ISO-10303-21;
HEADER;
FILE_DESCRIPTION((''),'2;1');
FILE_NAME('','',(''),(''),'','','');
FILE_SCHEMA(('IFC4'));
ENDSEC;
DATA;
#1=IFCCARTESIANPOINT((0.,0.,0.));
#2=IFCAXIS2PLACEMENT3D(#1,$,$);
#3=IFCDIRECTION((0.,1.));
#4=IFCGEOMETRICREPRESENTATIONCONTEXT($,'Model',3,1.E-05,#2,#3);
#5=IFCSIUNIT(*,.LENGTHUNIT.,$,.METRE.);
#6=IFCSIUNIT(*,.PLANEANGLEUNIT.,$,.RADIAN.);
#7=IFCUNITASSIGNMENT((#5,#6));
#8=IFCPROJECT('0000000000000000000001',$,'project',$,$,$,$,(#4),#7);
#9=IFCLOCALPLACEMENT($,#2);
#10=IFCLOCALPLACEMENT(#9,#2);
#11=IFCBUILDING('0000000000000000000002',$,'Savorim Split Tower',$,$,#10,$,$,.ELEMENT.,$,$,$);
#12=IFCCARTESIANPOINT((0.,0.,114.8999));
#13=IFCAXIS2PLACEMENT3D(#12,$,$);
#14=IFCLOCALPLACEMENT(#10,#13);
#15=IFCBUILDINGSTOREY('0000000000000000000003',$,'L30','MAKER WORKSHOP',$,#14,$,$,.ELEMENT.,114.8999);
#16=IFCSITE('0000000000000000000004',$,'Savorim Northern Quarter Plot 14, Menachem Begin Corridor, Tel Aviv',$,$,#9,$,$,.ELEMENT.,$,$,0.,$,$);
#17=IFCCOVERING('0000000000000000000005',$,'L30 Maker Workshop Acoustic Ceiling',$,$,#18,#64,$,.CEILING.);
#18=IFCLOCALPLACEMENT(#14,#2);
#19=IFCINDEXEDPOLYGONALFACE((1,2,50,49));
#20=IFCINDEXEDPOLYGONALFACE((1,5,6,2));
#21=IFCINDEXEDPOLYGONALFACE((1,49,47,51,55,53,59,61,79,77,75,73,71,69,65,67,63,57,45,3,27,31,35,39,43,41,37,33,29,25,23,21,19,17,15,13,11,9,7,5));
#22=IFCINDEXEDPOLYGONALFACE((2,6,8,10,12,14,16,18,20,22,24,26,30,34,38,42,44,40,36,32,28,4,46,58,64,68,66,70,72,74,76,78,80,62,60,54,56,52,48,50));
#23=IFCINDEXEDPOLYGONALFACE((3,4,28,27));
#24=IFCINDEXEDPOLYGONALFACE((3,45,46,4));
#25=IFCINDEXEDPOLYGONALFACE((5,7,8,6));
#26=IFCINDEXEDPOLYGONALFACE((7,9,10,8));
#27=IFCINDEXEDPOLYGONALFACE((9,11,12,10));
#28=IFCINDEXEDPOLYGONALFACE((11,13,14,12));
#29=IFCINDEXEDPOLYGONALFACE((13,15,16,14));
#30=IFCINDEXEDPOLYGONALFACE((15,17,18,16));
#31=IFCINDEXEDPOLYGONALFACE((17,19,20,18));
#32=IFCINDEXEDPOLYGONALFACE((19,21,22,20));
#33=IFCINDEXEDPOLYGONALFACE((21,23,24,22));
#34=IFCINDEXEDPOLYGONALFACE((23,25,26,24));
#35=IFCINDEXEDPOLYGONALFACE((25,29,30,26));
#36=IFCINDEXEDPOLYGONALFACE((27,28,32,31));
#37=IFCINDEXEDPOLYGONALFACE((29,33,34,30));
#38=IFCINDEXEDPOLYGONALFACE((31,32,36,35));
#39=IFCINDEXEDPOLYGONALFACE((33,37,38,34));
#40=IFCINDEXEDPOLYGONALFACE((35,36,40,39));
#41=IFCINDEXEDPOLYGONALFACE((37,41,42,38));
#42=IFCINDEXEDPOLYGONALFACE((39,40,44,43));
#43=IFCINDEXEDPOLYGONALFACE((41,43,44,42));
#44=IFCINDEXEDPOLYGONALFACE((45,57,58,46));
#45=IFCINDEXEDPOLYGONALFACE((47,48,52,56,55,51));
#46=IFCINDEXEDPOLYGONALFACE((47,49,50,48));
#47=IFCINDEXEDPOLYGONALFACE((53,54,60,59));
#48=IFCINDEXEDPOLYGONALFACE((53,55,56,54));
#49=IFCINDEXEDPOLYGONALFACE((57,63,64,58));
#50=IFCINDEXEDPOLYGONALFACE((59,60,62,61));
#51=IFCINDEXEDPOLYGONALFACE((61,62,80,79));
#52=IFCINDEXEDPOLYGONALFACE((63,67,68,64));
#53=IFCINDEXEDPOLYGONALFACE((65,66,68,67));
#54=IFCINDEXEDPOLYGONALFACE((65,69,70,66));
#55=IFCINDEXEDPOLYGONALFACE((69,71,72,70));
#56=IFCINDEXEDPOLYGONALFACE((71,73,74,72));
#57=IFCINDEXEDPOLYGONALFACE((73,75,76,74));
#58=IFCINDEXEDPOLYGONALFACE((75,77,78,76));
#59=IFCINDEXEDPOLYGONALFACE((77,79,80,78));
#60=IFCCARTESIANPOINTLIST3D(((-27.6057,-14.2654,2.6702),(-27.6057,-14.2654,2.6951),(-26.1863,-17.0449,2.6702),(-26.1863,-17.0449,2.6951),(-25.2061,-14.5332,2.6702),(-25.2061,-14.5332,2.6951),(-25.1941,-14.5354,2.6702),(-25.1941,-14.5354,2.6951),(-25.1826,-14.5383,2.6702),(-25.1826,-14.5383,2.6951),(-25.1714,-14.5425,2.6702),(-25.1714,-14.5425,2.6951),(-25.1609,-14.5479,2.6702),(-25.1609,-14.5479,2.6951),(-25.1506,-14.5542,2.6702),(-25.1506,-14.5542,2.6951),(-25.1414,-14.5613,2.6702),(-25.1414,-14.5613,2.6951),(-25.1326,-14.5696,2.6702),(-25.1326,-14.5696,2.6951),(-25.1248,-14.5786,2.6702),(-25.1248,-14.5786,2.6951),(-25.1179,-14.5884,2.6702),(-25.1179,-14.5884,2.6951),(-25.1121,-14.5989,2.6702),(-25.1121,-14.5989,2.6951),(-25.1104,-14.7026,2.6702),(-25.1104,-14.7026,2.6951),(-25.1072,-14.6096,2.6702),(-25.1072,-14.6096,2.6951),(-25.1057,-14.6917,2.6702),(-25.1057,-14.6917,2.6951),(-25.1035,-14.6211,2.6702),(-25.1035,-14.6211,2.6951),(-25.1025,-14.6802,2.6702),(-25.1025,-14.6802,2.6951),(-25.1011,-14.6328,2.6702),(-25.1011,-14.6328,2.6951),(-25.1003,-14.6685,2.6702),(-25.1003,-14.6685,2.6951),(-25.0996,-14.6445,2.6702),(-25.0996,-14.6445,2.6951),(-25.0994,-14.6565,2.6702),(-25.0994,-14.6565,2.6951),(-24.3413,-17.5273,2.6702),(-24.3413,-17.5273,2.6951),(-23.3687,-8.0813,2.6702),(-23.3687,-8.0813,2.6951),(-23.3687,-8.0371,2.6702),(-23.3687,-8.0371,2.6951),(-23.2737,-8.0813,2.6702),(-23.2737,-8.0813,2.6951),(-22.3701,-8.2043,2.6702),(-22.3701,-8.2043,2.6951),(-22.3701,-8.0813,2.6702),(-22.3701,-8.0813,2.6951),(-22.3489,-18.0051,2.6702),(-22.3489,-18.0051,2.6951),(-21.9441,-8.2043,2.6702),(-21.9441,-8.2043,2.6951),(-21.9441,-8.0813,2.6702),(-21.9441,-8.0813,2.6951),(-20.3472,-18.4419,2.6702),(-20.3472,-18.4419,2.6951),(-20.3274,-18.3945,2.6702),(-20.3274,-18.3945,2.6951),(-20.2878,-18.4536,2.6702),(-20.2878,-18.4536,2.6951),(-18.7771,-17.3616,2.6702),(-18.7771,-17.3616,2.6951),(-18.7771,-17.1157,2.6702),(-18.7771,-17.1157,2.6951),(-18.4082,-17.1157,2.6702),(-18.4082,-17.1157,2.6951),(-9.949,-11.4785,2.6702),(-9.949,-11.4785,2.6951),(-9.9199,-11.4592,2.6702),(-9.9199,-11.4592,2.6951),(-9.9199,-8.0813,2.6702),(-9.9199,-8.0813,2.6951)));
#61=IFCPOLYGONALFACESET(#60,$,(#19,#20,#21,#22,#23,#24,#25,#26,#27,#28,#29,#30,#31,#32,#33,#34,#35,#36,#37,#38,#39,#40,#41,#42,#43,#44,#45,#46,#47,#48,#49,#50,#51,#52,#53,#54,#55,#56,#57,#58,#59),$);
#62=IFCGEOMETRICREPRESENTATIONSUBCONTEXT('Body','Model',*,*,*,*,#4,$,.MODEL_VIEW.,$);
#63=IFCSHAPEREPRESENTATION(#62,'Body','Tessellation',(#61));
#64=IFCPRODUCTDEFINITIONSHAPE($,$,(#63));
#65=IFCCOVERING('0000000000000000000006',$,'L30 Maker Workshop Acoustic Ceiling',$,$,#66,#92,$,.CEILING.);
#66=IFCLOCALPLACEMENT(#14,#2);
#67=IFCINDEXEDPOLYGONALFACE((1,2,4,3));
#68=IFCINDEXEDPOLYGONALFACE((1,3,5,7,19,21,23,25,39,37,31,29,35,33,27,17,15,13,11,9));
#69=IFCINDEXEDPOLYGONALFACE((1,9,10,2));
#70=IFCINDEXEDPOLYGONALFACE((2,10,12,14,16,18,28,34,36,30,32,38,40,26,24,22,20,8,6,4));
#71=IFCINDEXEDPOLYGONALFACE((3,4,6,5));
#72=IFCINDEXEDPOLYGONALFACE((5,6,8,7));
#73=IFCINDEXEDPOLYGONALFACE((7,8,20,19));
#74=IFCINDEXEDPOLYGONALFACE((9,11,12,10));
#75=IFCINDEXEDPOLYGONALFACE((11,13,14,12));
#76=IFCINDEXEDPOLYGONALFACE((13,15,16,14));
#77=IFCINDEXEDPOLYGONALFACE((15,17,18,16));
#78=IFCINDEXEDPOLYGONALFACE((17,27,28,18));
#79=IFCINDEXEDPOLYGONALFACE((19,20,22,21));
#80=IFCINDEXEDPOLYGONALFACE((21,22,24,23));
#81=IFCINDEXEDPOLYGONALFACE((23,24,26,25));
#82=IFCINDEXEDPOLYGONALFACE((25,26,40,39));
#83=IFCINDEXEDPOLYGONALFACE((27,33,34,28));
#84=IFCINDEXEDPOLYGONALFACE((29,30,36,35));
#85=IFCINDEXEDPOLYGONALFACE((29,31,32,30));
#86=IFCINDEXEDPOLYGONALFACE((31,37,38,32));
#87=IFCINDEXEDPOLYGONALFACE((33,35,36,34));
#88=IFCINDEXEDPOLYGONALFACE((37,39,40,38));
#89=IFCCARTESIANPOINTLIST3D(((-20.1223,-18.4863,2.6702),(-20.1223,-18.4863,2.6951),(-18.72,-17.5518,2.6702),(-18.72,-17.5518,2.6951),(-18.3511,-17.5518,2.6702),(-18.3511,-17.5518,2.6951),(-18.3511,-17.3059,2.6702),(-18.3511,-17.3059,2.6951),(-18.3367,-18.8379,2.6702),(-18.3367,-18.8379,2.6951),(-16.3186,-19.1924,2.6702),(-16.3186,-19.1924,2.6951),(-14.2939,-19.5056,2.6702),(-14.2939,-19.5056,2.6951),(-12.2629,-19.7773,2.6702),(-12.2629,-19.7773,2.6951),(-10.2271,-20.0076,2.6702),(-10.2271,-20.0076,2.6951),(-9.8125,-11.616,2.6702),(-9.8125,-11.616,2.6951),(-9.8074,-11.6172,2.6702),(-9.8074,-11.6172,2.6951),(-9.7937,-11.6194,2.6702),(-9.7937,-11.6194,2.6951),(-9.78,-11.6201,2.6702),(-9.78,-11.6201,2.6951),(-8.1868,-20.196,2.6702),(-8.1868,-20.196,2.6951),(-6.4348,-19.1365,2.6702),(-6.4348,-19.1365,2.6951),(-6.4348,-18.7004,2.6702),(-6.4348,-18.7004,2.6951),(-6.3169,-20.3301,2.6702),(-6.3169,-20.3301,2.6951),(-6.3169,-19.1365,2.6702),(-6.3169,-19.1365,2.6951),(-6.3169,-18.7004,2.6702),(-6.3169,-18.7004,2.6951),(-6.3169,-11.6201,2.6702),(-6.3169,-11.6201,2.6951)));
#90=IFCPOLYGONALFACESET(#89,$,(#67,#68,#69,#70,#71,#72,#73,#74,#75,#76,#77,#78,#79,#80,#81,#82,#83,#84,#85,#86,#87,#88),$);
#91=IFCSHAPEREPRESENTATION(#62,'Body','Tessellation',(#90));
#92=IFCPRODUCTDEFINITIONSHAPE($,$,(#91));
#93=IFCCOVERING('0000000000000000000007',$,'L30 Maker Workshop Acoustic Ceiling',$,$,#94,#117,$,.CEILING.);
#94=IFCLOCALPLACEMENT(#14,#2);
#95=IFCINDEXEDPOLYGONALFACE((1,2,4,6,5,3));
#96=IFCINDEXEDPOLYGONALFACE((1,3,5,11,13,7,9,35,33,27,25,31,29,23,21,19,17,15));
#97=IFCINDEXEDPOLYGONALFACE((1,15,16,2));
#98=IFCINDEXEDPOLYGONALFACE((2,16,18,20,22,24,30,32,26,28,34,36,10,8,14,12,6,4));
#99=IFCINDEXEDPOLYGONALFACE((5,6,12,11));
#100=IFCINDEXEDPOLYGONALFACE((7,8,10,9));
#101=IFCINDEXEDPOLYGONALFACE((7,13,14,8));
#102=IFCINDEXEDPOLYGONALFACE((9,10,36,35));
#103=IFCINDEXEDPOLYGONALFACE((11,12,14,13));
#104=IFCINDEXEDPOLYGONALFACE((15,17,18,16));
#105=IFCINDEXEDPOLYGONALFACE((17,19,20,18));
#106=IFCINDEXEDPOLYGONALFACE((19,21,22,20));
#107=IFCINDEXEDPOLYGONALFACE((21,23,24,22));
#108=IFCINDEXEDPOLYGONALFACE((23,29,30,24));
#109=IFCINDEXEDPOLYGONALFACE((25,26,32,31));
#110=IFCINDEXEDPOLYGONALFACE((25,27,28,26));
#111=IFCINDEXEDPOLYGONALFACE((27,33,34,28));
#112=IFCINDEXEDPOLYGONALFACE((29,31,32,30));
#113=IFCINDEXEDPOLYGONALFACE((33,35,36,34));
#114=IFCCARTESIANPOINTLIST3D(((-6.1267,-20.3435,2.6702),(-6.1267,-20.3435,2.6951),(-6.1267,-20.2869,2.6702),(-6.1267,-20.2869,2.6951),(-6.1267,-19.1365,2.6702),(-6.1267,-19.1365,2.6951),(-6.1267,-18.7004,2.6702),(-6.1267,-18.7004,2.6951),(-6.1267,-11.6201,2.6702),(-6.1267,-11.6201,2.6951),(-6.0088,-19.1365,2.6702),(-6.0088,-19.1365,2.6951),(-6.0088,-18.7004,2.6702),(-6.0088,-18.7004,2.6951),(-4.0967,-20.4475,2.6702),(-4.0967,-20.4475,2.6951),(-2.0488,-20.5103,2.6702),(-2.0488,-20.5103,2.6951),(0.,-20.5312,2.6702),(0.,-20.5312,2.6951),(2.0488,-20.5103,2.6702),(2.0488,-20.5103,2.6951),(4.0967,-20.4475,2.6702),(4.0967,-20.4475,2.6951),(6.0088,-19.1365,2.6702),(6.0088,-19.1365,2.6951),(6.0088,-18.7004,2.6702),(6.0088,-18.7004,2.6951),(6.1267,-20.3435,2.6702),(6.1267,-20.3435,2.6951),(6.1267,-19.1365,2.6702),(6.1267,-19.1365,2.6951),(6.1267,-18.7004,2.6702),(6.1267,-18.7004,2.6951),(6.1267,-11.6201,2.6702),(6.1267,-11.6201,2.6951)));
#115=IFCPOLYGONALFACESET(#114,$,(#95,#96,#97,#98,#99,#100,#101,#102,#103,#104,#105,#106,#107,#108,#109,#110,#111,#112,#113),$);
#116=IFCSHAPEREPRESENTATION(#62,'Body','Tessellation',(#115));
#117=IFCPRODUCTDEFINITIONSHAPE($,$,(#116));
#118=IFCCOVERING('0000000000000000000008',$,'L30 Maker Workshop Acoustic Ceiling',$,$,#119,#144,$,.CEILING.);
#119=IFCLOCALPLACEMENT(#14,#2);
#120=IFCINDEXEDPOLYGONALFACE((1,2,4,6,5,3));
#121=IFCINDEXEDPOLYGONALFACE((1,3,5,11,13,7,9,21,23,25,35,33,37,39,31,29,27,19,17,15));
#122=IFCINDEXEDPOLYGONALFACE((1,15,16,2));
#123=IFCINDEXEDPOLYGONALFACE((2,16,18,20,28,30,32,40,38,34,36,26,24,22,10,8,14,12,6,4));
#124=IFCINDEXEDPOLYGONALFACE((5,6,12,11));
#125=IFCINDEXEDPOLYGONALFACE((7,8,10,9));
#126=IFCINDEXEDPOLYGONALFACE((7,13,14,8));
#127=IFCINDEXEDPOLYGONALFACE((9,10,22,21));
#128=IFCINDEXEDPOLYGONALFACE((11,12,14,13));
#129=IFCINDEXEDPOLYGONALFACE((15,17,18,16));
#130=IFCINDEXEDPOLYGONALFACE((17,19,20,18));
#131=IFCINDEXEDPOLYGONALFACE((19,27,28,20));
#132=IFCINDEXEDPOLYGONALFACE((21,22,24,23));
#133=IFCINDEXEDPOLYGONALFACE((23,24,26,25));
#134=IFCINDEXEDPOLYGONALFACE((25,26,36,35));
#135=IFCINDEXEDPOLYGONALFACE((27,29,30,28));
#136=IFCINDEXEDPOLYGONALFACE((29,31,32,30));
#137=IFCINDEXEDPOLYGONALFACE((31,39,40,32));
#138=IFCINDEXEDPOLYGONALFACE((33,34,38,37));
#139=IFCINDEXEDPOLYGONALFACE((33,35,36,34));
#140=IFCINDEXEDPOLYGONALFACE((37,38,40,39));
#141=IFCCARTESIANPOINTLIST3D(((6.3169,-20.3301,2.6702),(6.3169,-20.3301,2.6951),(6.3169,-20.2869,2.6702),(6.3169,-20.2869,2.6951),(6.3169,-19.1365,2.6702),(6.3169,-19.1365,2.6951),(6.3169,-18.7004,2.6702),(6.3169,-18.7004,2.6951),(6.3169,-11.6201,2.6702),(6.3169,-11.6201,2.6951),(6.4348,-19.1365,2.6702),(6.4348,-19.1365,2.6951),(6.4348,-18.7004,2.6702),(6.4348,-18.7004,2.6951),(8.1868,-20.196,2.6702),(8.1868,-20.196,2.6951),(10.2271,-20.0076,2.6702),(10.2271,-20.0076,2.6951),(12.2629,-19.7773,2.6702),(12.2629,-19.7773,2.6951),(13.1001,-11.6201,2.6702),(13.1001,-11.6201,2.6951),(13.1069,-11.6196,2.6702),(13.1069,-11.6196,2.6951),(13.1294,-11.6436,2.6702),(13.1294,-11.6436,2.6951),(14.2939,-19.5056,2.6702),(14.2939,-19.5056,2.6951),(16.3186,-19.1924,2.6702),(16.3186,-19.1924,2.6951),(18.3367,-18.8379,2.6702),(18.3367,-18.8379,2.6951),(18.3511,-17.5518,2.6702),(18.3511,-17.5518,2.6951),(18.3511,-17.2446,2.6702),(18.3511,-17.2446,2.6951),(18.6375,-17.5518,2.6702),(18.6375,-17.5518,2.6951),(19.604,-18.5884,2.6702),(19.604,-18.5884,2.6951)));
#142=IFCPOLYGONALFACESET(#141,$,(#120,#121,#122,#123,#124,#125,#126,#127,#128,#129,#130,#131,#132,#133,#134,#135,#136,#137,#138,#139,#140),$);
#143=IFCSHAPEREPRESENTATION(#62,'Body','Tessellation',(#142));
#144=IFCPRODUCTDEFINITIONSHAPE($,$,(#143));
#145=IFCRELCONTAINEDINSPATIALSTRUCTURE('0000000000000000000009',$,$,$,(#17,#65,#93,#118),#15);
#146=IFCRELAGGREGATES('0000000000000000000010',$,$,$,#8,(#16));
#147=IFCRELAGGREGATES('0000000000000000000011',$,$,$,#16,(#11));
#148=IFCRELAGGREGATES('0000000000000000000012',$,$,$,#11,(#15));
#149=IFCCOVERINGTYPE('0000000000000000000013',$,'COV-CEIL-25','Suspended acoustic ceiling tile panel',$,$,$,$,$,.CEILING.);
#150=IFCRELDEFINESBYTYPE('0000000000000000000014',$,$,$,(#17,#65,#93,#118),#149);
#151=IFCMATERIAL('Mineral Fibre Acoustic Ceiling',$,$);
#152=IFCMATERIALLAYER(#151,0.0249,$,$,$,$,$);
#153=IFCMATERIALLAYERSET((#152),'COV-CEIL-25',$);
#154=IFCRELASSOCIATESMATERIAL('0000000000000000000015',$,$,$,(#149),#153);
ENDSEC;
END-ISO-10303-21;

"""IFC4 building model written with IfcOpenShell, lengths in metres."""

from ifc_helpers import new_model, si_unit, direction, frame, origin, place, context, subcontext, project, spatial, polyline, outline, extrude, material, layer, layer_set, type_object, element, save


model = new_model("IFC4")

# Units and contexts
model_context = context("Model", 3, precision=1e-05, world=origin(), true_north=direction((0.0, 1.0)))
body_context = subcontext(model_context, "Body", "Model", "MODEL_VIEW")
ifc_project = project(units=[si_unit("LENGTHUNIT", "METRE"), si_unit("PLANEANGLEUNIT", "RADIAN")], contexts=[model_context])

# Site, building, storey
site_placement = place(None, origin())
site = spatial("IfcSite", under=ifc_project, at=site_placement, Name="Savorim Northern Quarter Plot 14, Menachem Begin Corridor, Tel Aviv", CompositionType="ELEMENT", RefElevation=0.0)
building_placement = place(site_placement, origin())
building = spatial("IfcBuilding", under=site, at=building_placement, Name="Savorim Split Tower", CompositionType="ELEMENT")
storey_placement = place(building_placement, frame((0.0, 0.0, 114.8999)))
storey = spatial("IfcBuildingStorey", under=building, at=storey_placement, Name="L30", Description="MAKER WORKSHOP", CompositionType="ELEMENT", Elevation=114.8999)

# Coverings
ifc_material_1 = material(Name="Mineral Fibre Acoustic Ceiling")
ifc_layer_1 = layer(ifc_material_1, 0.0249)
ifc_layer_set_1 = layer_set([ifc_layer_1], Name="COV-CEIL-25")
covering_type_1 = type_object("IfcCoveringType", Name="COV-CEIL-25", Description="Suspended acoustic ceiling tile panel", PredefinedType="CEILING", material=ifc_layer_set_1)
covering_1_placement = place(storey_placement, frame((0.0, 0.0, 2.6702)))
element("IfcCovering", 1, at=covering_1_placement, inside=storey, type_object=covering_type_1, Name="L30 Maker Workshop Acoustic Ceiling", PredefinedType="CEILING", context=body_context, shape_type="SweptSolid", body=[
    extrude(outline(polyline([(-25.0996, -14.6445), (-25.0994, -14.6565), (-25.1003, -14.6685), (-25.1025, -14.6802), (-25.1057, -14.6917), (-25.1104, -14.7026), (-26.1863, -17.0449), (-24.3413, -17.5273), (-22.3489, -18.0051), (-20.3472, -18.4419), (-20.2878, -18.4536), (-20.3274, -18.3945), (-18.7771, -17.3616), (-18.7771, -17.1157), (-18.4082, -17.1157), (-9.949, -11.4785), (-9.9199, -11.4592), (-9.9199, -8.0813), (-21.9441, -8.0813), (-21.9441, -8.2043), (-22.3701, -8.2043), (-22.3701, -8.0813), (-23.2737, -8.0813), (-23.3687, -8.0813), (-23.3687, -8.0371), (-27.6057, -14.2654), (-25.2061, -14.5332), (-25.1941, -14.5354), (-25.1826, -14.5383), (-25.1714, -14.5425), (-25.1609, -14.5479), (-25.1506, -14.5542), (-25.1414, -14.5613), (-25.1326, -14.5696), (-25.1248, -14.5786), (-25.1179, -14.5884), (-25.1121, -14.5989), (-25.1072, -14.6096), (-25.1035, -14.6211), (-25.1011, -14.6328), (-25.0996, -14.6445)])), origin(), (0.0, 0.0, 1.0), 0.0249),
])
covering_2_placement = place(storey_placement, frame((0.0, 0.0, 2.6702)))
element("IfcCovering", 2, at=covering_2_placement, inside=storey, type_object=covering_type_1, Name="L30 Maker Workshop Acoustic Ceiling", PredefinedType="CEILING", context=body_context, shape_type="SweptSolid", body=[
    extrude(outline(polyline([(-14.2939, -19.5056), (-12.2629, -19.7773), (-10.2271, -20.0076), (-8.1868, -20.196), (-6.3169, -20.3301), (-6.3169, -19.1365), (-6.4348, -19.1365), (-6.4348, -18.7004), (-6.3169, -18.7004), (-6.3169, -11.6201), (-9.78, -11.6201), (-9.7937, -11.6194), (-9.8074, -11.6172), (-9.8125, -11.616), (-18.3511, -17.3059), (-18.3511, -17.5518), (-18.72, -17.5518), (-20.1223, -18.4863), (-18.3367, -18.8379), (-16.3186, -19.1924), (-14.2939, -19.5056)])), origin(), (0.0, 0.0, 1.0), 0.0249),
])
covering_3_placement = place(storey_placement, frame((0.0, 0.0, 2.6702)))
element("IfcCovering", 3, at=covering_3_placement, inside=storey, type_object=covering_type_1, Name="L30 Maker Workshop Acoustic Ceiling", PredefinedType="CEILING", context=body_context, shape_type="SweptSolid", body=[
    extrude(outline(polyline([(-2.0488, -20.5103), (0.0, -20.5312), (2.0488, -20.5103), (4.0967, -20.4475), (6.1267, -20.3435), (6.1267, -19.1365), (6.0088, -19.1365), (6.0088, -18.7004), (6.1267, -18.7004), (6.1267, -11.6201), (-6.1267, -11.6201), (-6.1267, -18.7004), (-6.0088, -18.7004), (-6.0088, -19.1365), (-6.1267, -19.1365), (-6.1267, -20.2869), (-6.1267, -20.3435), (-4.0967, -20.4475), (-2.0488, -20.5103)])), origin(), (0.0, 0.0, 1.0), 0.0249),
])
covering_4_placement = place(storey_placement, frame((0.0, 0.0, 2.6702)))
element("IfcCovering", 4, at=covering_4_placement, inside=storey, type_object=covering_type_1, Name="L30 Maker Workshop Acoustic Ceiling", PredefinedType="CEILING", context=body_context, shape_type="SweptSolid", body=[
    extrude(outline(polyline([(12.2629, -19.7773), (14.2939, -19.5056), (16.3186, -19.1924), (18.3367, -18.8379), (19.604, -18.5884), (18.6375, -17.5518), (18.3511, -17.5518), (18.3511, -17.2446), (13.1294, -11.6436), (13.1069, -11.6196), (13.1001, -11.6201), (6.3169, -11.6201), (6.3169, -18.7004), (6.4348, -18.7004), (6.4348, -19.1365), (6.3169, -19.1365), (6.3169, -20.2869), (6.3169, -20.3301), (8.1868, -20.196), (10.2271, -20.0076), (12.2629, -19.7773)])), origin(), (0.0, 0.0, 1.0), 0.0249),
])

save(model, "model.ifc")
